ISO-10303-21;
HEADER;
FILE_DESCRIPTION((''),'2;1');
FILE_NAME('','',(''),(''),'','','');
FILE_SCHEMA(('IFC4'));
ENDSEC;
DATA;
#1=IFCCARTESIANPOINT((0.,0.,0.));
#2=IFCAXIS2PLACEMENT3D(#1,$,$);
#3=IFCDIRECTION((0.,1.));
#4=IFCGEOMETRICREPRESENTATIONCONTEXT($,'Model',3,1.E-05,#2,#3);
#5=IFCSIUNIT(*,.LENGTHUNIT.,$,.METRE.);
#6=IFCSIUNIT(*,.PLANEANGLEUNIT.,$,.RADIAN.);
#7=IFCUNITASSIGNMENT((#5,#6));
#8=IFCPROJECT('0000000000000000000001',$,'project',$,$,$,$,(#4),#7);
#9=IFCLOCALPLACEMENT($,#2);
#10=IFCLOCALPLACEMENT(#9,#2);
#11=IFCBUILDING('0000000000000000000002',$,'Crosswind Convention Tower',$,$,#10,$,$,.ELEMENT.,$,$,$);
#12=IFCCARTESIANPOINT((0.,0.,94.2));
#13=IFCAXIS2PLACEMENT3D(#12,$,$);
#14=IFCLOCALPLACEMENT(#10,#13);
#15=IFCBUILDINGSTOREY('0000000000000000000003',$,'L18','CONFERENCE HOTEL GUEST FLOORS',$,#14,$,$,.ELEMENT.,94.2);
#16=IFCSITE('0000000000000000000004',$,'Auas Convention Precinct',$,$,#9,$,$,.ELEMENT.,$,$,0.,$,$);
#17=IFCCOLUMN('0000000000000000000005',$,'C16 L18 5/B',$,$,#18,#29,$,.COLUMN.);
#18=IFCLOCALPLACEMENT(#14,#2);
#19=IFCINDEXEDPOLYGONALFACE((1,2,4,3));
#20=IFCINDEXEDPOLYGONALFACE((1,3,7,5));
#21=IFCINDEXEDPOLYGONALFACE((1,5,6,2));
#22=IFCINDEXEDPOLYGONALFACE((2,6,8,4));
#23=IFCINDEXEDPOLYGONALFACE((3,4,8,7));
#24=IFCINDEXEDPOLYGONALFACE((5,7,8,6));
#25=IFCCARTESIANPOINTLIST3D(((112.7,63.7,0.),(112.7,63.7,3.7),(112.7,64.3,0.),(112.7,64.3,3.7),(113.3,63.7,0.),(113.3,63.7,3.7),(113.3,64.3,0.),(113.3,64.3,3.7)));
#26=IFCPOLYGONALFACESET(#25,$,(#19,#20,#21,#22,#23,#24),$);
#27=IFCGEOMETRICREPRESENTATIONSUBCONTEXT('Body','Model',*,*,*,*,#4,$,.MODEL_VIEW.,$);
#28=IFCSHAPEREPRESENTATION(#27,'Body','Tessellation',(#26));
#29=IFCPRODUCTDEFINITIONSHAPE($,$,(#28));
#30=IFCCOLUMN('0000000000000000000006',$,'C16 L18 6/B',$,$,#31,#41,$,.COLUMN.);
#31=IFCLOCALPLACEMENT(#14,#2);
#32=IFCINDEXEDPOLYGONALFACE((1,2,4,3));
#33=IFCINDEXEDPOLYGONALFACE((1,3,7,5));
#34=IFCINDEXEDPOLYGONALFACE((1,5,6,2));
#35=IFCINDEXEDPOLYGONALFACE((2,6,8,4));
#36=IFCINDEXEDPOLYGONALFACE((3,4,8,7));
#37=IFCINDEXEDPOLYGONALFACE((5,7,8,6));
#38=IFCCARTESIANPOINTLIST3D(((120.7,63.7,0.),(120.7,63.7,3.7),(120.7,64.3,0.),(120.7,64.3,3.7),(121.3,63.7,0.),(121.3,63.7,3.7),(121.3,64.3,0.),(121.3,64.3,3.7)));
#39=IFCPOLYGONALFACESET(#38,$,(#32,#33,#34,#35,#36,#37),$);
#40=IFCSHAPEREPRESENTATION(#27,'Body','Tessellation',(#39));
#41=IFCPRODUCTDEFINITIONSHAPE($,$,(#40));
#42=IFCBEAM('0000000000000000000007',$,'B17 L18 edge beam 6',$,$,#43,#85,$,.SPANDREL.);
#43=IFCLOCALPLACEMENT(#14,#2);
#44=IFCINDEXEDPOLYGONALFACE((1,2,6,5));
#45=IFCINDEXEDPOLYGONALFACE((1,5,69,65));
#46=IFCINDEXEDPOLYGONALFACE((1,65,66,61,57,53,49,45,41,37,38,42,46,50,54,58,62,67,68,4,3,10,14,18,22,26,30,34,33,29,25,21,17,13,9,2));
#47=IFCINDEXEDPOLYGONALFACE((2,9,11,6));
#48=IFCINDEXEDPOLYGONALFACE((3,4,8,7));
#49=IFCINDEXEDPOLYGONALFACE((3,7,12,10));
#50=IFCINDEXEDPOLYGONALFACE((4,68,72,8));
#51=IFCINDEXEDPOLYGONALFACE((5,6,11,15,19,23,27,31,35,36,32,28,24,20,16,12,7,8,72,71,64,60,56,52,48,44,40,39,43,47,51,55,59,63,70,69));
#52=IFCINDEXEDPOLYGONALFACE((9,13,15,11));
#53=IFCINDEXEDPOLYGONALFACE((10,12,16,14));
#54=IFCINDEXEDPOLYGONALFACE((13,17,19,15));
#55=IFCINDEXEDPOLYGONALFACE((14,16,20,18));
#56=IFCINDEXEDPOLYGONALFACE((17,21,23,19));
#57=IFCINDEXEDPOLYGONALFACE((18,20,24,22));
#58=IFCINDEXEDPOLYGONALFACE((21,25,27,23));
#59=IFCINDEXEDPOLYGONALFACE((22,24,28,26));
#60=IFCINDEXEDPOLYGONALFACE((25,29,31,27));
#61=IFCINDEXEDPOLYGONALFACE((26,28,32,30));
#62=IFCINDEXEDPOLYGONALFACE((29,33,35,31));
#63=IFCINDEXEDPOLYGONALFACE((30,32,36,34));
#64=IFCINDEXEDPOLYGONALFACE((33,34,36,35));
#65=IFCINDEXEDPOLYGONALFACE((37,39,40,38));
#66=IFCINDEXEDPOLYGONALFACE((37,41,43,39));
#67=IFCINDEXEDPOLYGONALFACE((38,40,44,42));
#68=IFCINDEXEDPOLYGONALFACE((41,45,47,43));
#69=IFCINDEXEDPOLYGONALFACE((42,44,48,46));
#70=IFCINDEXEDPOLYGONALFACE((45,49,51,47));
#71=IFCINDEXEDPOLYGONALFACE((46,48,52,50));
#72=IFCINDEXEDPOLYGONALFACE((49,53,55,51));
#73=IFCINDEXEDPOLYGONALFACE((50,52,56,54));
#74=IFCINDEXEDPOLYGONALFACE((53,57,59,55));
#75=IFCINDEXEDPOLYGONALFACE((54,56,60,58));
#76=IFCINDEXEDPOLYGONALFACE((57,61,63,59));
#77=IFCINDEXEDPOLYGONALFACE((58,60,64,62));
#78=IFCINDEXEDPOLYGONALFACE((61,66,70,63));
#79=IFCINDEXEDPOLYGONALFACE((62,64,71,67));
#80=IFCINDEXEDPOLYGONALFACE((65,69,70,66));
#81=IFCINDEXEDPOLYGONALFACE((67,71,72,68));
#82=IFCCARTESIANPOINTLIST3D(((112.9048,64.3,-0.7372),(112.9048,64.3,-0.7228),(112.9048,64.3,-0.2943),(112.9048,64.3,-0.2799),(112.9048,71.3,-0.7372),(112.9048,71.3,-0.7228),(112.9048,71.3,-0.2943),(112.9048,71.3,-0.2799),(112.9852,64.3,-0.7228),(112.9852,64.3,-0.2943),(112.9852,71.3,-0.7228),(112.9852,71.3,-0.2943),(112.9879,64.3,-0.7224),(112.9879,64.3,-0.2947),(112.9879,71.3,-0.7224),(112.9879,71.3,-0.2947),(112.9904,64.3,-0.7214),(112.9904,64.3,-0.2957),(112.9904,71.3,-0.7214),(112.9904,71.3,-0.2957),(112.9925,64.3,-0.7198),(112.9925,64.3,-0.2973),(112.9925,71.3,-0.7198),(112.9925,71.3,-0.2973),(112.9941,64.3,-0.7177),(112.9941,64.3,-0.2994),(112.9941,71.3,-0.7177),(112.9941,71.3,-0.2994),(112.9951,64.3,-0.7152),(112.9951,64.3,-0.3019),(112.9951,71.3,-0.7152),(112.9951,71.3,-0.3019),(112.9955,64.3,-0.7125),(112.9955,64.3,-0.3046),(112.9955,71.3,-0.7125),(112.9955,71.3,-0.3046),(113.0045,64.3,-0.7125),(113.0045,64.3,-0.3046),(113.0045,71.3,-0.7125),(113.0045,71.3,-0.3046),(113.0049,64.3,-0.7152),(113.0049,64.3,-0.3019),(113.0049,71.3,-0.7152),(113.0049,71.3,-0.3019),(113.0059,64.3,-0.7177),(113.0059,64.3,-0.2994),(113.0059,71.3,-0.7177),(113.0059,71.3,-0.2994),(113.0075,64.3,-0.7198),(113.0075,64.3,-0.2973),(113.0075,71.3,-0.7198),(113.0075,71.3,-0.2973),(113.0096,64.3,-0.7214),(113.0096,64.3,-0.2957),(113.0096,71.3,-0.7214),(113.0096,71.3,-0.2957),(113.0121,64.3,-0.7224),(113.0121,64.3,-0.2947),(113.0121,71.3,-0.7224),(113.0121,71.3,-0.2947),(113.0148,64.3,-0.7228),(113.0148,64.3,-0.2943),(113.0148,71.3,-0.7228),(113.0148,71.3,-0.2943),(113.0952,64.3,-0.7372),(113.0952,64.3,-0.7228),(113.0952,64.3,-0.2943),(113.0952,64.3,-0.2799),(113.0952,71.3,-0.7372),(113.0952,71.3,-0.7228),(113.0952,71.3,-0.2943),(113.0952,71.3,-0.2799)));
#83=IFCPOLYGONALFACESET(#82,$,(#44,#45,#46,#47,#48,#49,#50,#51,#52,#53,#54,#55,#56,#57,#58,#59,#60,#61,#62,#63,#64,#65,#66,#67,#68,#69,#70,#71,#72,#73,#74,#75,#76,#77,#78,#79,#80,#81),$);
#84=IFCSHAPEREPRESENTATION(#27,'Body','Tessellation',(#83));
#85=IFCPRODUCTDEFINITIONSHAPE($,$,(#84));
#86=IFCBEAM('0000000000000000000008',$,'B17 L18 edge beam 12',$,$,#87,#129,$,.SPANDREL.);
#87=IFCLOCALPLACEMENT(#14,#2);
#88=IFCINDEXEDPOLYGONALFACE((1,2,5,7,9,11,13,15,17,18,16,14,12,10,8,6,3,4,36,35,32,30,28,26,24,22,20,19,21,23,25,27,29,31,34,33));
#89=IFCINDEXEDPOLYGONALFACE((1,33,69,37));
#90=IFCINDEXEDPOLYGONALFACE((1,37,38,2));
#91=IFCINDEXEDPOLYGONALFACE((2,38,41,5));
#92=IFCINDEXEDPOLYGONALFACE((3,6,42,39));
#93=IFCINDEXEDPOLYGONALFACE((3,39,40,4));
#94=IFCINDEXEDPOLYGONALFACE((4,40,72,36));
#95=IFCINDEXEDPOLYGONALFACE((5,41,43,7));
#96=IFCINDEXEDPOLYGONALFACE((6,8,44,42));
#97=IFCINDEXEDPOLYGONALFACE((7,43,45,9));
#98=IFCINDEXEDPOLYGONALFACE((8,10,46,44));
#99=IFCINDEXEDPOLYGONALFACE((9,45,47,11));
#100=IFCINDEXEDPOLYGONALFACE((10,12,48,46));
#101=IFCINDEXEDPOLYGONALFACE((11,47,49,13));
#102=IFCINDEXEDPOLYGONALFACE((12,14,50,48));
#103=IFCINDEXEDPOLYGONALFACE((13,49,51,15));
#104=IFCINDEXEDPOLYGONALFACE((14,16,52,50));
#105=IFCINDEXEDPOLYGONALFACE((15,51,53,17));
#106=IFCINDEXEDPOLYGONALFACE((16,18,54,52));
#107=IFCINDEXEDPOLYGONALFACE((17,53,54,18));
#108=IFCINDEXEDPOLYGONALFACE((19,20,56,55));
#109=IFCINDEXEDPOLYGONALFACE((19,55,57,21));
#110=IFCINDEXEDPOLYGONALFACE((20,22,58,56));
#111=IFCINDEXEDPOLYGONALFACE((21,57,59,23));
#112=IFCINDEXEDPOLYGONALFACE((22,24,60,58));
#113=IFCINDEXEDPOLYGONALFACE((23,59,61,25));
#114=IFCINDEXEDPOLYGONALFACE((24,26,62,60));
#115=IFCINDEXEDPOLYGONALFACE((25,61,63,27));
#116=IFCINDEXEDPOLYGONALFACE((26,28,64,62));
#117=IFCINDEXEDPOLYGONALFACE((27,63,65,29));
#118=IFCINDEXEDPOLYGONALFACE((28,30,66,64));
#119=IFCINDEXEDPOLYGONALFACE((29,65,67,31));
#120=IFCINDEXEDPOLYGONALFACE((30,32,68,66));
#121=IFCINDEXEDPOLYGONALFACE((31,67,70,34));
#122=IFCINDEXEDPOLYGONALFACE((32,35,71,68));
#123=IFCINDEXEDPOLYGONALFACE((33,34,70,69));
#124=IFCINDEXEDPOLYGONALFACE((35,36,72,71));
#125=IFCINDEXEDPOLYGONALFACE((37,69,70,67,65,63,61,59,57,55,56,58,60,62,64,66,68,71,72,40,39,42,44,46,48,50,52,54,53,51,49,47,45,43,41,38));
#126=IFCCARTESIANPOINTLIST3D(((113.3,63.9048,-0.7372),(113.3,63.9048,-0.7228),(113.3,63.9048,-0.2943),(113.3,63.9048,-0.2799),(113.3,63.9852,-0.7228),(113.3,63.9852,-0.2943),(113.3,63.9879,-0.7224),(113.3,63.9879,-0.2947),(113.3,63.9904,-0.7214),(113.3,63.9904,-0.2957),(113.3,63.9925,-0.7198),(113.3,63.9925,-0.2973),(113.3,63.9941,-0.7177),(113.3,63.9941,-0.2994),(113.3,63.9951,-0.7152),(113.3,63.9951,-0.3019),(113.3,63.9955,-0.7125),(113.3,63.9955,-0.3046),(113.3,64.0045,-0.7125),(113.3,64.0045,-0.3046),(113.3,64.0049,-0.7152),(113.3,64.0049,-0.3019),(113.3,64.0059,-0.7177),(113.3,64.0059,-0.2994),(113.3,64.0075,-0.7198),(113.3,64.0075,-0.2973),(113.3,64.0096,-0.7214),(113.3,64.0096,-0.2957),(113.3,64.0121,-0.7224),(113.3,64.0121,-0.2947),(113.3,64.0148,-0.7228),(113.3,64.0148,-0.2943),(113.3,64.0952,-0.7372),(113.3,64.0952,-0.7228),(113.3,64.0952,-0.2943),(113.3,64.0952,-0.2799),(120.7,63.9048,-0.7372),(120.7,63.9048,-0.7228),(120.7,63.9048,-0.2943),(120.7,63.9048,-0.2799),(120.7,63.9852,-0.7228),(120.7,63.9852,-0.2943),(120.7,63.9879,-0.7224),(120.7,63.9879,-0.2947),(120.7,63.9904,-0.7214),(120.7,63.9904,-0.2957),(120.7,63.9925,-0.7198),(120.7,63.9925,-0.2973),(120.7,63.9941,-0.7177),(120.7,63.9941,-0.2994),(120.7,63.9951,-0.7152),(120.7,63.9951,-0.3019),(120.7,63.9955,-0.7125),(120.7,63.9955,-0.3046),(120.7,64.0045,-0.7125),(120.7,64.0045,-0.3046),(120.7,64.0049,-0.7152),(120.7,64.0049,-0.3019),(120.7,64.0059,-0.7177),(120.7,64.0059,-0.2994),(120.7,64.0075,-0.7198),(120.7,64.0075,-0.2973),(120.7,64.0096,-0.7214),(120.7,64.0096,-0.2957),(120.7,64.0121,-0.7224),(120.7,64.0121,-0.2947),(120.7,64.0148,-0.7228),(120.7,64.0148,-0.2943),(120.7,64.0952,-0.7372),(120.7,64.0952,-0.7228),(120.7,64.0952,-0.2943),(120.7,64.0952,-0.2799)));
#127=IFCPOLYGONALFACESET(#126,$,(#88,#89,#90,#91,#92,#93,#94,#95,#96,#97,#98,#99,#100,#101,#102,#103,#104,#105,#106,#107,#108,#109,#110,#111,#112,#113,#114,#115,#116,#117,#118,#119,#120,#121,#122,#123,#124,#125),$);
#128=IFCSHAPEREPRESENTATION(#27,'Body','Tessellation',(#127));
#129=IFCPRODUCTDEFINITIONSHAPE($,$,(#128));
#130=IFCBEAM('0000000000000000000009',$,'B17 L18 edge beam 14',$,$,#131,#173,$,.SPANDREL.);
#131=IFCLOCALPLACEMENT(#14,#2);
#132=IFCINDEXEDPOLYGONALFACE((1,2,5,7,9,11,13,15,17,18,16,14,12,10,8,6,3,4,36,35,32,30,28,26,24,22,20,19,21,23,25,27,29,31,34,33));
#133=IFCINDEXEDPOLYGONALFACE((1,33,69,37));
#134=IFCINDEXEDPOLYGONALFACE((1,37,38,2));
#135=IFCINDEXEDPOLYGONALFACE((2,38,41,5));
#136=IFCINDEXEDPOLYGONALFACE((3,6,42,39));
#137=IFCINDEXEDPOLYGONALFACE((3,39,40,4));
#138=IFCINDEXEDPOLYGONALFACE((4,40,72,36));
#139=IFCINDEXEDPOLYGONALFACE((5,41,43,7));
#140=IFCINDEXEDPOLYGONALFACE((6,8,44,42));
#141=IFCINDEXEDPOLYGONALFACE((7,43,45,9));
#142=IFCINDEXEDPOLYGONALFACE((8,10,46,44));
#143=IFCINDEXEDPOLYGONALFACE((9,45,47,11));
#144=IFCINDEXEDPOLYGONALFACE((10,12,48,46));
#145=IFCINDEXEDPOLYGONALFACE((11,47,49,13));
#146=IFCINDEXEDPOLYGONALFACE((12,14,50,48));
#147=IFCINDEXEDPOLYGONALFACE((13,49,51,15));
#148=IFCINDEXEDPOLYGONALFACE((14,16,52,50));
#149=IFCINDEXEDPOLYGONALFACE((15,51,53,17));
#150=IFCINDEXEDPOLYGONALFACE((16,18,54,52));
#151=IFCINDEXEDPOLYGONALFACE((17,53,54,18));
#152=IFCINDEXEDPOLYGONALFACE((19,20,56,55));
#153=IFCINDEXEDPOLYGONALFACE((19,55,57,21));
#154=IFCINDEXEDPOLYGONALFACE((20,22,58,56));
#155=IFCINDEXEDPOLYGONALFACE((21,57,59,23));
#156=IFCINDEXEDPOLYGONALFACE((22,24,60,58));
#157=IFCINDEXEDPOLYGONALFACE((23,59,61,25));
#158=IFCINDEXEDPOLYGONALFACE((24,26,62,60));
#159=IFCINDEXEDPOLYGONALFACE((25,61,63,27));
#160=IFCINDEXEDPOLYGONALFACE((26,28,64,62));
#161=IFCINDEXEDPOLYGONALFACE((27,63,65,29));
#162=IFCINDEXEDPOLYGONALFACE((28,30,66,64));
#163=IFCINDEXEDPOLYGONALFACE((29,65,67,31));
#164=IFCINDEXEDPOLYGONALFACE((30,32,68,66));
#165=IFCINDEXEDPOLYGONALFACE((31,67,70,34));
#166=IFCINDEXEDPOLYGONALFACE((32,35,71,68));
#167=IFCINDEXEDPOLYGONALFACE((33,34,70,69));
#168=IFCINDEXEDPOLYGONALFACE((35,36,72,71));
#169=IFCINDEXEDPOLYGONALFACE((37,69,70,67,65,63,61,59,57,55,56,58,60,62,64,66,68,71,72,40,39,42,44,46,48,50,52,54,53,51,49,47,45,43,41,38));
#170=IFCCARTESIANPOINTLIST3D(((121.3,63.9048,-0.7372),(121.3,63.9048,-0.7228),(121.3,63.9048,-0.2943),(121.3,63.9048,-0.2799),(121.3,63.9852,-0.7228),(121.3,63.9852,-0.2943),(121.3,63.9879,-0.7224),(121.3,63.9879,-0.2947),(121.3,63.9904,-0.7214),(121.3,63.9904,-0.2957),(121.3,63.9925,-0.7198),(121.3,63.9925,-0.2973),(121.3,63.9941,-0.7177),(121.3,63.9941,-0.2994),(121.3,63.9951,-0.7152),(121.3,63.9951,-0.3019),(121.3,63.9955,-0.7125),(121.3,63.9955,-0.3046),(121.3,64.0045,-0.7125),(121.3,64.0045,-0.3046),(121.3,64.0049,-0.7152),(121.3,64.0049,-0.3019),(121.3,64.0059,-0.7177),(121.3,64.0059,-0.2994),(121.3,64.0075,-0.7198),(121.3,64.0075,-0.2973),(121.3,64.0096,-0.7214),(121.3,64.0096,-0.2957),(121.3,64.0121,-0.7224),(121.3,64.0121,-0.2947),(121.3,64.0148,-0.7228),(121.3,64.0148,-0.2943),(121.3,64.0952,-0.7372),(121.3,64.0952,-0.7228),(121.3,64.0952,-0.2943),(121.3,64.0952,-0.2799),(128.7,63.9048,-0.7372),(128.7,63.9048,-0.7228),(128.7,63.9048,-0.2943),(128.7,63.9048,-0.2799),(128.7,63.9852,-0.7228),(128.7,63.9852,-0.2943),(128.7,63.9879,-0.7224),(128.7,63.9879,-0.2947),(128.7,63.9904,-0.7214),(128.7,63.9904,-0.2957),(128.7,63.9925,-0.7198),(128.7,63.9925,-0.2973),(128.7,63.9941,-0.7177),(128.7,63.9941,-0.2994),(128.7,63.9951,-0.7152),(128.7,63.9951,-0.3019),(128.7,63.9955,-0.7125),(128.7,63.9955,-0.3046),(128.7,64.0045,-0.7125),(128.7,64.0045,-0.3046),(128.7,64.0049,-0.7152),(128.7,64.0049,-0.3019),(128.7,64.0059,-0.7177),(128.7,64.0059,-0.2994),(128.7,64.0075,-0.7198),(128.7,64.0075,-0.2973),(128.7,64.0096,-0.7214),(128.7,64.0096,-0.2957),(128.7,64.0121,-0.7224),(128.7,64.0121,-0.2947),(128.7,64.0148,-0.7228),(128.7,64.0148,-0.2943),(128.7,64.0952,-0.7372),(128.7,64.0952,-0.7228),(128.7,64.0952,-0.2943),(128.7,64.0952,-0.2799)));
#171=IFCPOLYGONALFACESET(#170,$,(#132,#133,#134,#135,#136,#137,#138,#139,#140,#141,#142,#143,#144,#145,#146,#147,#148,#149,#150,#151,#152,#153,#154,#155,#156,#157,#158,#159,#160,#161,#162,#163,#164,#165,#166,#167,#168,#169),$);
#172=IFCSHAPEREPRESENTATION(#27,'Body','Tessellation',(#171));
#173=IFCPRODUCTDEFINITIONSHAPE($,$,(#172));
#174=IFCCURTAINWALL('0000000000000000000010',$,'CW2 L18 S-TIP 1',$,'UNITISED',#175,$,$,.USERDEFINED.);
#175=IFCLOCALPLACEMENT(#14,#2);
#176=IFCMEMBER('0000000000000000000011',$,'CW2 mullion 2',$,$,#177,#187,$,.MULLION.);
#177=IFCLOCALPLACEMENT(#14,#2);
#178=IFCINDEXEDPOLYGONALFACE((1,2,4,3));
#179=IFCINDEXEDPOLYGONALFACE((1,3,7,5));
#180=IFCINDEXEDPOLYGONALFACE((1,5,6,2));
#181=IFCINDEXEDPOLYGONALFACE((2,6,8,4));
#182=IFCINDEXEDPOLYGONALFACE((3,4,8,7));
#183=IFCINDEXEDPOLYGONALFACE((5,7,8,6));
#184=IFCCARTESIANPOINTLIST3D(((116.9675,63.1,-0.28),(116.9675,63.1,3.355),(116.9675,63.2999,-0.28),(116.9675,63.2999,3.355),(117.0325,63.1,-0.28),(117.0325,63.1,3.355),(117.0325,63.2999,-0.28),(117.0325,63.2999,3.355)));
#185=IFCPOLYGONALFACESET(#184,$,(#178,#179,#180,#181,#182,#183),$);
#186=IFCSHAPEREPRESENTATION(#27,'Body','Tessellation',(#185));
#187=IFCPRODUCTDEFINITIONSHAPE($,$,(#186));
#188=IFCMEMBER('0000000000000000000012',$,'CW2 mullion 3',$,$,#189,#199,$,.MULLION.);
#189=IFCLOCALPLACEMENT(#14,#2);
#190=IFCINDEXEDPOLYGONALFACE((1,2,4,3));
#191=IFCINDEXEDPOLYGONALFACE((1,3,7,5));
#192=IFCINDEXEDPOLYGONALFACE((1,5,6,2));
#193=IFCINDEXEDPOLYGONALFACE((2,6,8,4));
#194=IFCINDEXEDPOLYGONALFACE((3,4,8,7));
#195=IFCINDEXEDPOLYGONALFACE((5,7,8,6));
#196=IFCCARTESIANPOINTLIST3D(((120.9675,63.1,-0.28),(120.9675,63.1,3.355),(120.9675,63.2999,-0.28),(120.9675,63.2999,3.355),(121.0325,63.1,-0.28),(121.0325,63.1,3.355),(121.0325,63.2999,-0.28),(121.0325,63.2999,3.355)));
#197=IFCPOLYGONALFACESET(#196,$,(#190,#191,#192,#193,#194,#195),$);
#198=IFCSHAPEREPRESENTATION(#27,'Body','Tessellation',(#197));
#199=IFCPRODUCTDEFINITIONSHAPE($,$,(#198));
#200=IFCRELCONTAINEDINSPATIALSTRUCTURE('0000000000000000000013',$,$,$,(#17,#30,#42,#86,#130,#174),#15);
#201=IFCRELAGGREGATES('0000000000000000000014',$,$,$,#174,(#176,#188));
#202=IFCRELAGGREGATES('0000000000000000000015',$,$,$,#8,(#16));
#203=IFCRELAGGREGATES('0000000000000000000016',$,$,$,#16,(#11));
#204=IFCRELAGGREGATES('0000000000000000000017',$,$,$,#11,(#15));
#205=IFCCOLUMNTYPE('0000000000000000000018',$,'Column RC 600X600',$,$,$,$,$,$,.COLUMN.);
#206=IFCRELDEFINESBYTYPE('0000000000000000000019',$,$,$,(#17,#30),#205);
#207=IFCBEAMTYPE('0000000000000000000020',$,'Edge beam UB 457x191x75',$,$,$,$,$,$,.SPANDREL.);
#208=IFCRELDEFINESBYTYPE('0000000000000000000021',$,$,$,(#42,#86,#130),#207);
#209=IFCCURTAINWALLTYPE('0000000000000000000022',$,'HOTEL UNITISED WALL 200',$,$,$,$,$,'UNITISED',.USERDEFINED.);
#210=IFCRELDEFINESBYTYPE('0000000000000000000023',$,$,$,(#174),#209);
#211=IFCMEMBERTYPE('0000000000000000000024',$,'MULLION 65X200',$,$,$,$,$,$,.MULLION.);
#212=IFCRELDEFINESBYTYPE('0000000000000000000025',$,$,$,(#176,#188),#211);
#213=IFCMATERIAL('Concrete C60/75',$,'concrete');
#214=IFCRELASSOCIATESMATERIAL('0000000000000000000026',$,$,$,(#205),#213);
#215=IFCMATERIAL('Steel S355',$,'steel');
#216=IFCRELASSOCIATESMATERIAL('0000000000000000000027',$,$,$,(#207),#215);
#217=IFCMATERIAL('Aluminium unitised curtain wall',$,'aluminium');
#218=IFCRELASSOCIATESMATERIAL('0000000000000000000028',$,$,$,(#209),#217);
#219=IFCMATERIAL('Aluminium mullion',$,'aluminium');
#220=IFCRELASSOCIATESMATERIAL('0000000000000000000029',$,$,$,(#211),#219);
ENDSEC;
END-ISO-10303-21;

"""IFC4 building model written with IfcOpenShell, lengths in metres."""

from ifc_helpers import new_model, si_unit, direction, frame, origin, origin_2d, place, context, subcontext, project, spatial, rectangle, i_section, extrude, material, material_profile, profile_set, type_object, element, aggregate, save


model = new_model("IFC4")

# Units and contexts
model_context = context("Model", 3, precision=1e-05, world=origin(), true_north=direction((0.0, 1.0)))
body_context = subcontext(model_context, "Body", "Model", "MODEL_VIEW")
ifc_project = project(units=[si_unit("LENGTHUNIT", "METRE"), si_unit("PLANEANGLEUNIT", "RADIAN")], contexts=[model_context])

# Site, building, storey
site_placement = place(None, origin())
site = spatial("IfcSite", under=ifc_project, at=site_placement, Name="Auas Convention Precinct", CompositionType="ELEMENT", RefElevation=0.0)
building_placement = place(site_placement, origin())
building = spatial("IfcBuilding", under=site, at=building_placement, Name="Crosswind Convention Tower", CompositionType="ELEMENT")
storey_placement = place(building_placement, frame((0.0, 0.0, 94.2)))
storey = spatial("IfcBuildingStorey", under=building, at=storey_placement, Name="L18", Description="CONFERENCE HOTEL GUEST FLOORS", CompositionType="ELEMENT", Elevation=94.2)

# Columns
ifc_material_1 = material(Name="Concrete C60/75", Category="concrete")
ifc_material_profile_1 = material_profile(ifc_material_1, rectangle(XDim=0.6001, YDim=0.6001, at=origin_2d()), Name="RC 600X600")
ifc_profile_set_1 = profile_set([ifc_material_profile_1], Name="Concrete C60/75")
column_type = type_object("IfcColumnType", Name="Column RC 600X600", PredefinedType="COLUMN", material=ifc_profile_set_1)
for number, where, z_axis, x_axis, name in (
    (1, (113.0, 64.0, 0.0), (0.0, 0.0, 1.0), (1.0, 0.0, 0.0), "C16 L18 5/B"),
    (2, (121.0, 64.0, 0.0), (0.0, 0.0, 1.0), (1.0, 0.0, 0.0), "C16 L18 6/B"),
):
    element("IfcColumn", number, at=place(storey_placement, frame(where, z_axis=z_axis, x_axis=x_axis)), inside=storey, type_object=column_type, Name=name, PredefinedType="COLUMN", context=body_context, shape_type="SweptSolid", body=[
        extrude(rectangle(XDim=0.6001, YDim=0.6001, at=origin_2d()), origin(), (0.0, 0.0, 1.0), 3.7),
    ])

# Beams
ifc_material_2 = material(Name="Steel S355", Category="steel")
ifc_material_profile_2 = material_profile(ifc_material_2, i_section(OverallWidth=0.1904, OverallDepth=0.4573, WebThickness=0.009, FlangeThickness=0.0144, FilletRadius=0.0103, at=origin_2d()), Name="UB 457x191x75")
ifc_profile_set_2 = profile_set([ifc_material_profile_2], Name="Steel S355")
beam_type = type_object("IfcBeamType", Name="Edge beam UB 457x191x75", PredefinedType="SPANDREL", material=ifc_profile_set_2)
beam_placement = place(storey_placement, frame((113.0, 64.3, -0.5085), z_axis=(0.0, 1.0, 0.0), x_axis=(-1.0, 0.0, 0.0)))
element("IfcBeam", 3, at=beam_placement, inside=storey, type_object=beam_type, Name="B17 L18 edge beam 6", PredefinedType="SPANDREL", context=body_context, shape_type="SweptSolid", body=[
    extrude(i_section(OverallWidth=0.1904, OverallDepth=0.4573, WebThickness=0.009, FlangeThickness=0.0144, FilletRadius=0.0103, at=origin_2d()), origin(), (0.0, 0.0, 1.0), 7.0),
])
for number, where, z_axis, x_axis, name in (
    (4, (113.3, 64.0, -0.5085), (1.0, 0.0, 0.0), (0.0, 1.0, 0.0), "B17 L18 edge beam 12"),
    (5, (121.3, 64.0, -0.5085), (1.0, 0.0, 0.0), (0.0, 1.0, 0.0), "B17 L18 edge beam 14"),
):
    element("IfcBeam", number, at=place(storey_placement, frame(where, z_axis=z_axis, x_axis=x_axis)), inside=storey, type_object=beam_type, Name=name, PredefinedType="SPANDREL", context=body_context, shape_type="SweptSolid", body=[
        extrude(i_section(OverallWidth=0.1904, OverallDepth=0.4573, WebThickness=0.009, FlangeThickness=0.0144, FilletRadius=0.0103, at=origin_2d()), origin(), (0.0, 0.0, 1.0), 7.3999),
    ])

# Curtain wall, members
ifc_material_3 = material(Name="Aluminium unitised curtain wall", Category="aluminium")
curtain_wall_type = type_object("IfcCurtainWallType", Name="HOTEL UNITISED WALL 200", ElementType="UNITISED", PredefinedType="USERDEFINED", material=ifc_material_3)
curtain_wall_placement = place(storey_placement, origin())
curtain_wall = element("IfcCurtainWall", 6, at=curtain_wall_placement, inside=storey, type_object=curtain_wall_type, Name="CW2 L18 S-TIP 1", ObjectType="UNITISED", PredefinedType="USERDEFINED")
ifc_material_4 = material(Name="Aluminium mullion", Category="aluminium")
ifc_material_profile_3 = material_profile(ifc_material_4, rectangle(XDim=0.2, YDim=0.0649, at=origin_2d()), Name="AL 200X65")
ifc_profile_set_3 = profile_set([ifc_material_profile_3], Name="Aluminium mullion")
member_type_1 = type_object("IfcMemberType", Name="MULLION 65X200", PredefinedType="MULLION", material=ifc_profile_set_3)
member_1_placement = place(storey_placement, frame((117.0, 63.2, -0.28), z_axis=(0.0, 0.0, 1.0), x_axis=(0.0, -1.0, 0.0)))
member_1 = element("IfcMember", 7, at=member_1_placement, type_object=member_type_1, Name="CW2 mullion 2", PredefinedType="MULLION", context=body_context, shape_type="SweptSolid", body=[
    extrude(rectangle(XDim=0.2, YDim=0.0649, at=origin_2d()), origin(), (0.0, 0.0, 1.0), 3.635),
])
member_2_placement = place(storey_placement, frame((121.0, 63.2, -0.28), z_axis=(0.0, 0.0, 1.0), x_axis=(0.0, -1.0, 0.0)))
member_2 = element("IfcMember", 8, at=member_2_placement, type_object=member_type_1, Name="CW2 mullion 3", PredefinedType="MULLION", context=body_context, shape_type="SweptSolid", body=[
    extrude(rectangle(XDim=0.2, YDim=0.0649, at=origin_2d()), origin(), (0.0, 0.0, 1.0), 3.635),
])

aggregate(curtain_wall, [member_1, member_2])

save(model, "model.ifc")
